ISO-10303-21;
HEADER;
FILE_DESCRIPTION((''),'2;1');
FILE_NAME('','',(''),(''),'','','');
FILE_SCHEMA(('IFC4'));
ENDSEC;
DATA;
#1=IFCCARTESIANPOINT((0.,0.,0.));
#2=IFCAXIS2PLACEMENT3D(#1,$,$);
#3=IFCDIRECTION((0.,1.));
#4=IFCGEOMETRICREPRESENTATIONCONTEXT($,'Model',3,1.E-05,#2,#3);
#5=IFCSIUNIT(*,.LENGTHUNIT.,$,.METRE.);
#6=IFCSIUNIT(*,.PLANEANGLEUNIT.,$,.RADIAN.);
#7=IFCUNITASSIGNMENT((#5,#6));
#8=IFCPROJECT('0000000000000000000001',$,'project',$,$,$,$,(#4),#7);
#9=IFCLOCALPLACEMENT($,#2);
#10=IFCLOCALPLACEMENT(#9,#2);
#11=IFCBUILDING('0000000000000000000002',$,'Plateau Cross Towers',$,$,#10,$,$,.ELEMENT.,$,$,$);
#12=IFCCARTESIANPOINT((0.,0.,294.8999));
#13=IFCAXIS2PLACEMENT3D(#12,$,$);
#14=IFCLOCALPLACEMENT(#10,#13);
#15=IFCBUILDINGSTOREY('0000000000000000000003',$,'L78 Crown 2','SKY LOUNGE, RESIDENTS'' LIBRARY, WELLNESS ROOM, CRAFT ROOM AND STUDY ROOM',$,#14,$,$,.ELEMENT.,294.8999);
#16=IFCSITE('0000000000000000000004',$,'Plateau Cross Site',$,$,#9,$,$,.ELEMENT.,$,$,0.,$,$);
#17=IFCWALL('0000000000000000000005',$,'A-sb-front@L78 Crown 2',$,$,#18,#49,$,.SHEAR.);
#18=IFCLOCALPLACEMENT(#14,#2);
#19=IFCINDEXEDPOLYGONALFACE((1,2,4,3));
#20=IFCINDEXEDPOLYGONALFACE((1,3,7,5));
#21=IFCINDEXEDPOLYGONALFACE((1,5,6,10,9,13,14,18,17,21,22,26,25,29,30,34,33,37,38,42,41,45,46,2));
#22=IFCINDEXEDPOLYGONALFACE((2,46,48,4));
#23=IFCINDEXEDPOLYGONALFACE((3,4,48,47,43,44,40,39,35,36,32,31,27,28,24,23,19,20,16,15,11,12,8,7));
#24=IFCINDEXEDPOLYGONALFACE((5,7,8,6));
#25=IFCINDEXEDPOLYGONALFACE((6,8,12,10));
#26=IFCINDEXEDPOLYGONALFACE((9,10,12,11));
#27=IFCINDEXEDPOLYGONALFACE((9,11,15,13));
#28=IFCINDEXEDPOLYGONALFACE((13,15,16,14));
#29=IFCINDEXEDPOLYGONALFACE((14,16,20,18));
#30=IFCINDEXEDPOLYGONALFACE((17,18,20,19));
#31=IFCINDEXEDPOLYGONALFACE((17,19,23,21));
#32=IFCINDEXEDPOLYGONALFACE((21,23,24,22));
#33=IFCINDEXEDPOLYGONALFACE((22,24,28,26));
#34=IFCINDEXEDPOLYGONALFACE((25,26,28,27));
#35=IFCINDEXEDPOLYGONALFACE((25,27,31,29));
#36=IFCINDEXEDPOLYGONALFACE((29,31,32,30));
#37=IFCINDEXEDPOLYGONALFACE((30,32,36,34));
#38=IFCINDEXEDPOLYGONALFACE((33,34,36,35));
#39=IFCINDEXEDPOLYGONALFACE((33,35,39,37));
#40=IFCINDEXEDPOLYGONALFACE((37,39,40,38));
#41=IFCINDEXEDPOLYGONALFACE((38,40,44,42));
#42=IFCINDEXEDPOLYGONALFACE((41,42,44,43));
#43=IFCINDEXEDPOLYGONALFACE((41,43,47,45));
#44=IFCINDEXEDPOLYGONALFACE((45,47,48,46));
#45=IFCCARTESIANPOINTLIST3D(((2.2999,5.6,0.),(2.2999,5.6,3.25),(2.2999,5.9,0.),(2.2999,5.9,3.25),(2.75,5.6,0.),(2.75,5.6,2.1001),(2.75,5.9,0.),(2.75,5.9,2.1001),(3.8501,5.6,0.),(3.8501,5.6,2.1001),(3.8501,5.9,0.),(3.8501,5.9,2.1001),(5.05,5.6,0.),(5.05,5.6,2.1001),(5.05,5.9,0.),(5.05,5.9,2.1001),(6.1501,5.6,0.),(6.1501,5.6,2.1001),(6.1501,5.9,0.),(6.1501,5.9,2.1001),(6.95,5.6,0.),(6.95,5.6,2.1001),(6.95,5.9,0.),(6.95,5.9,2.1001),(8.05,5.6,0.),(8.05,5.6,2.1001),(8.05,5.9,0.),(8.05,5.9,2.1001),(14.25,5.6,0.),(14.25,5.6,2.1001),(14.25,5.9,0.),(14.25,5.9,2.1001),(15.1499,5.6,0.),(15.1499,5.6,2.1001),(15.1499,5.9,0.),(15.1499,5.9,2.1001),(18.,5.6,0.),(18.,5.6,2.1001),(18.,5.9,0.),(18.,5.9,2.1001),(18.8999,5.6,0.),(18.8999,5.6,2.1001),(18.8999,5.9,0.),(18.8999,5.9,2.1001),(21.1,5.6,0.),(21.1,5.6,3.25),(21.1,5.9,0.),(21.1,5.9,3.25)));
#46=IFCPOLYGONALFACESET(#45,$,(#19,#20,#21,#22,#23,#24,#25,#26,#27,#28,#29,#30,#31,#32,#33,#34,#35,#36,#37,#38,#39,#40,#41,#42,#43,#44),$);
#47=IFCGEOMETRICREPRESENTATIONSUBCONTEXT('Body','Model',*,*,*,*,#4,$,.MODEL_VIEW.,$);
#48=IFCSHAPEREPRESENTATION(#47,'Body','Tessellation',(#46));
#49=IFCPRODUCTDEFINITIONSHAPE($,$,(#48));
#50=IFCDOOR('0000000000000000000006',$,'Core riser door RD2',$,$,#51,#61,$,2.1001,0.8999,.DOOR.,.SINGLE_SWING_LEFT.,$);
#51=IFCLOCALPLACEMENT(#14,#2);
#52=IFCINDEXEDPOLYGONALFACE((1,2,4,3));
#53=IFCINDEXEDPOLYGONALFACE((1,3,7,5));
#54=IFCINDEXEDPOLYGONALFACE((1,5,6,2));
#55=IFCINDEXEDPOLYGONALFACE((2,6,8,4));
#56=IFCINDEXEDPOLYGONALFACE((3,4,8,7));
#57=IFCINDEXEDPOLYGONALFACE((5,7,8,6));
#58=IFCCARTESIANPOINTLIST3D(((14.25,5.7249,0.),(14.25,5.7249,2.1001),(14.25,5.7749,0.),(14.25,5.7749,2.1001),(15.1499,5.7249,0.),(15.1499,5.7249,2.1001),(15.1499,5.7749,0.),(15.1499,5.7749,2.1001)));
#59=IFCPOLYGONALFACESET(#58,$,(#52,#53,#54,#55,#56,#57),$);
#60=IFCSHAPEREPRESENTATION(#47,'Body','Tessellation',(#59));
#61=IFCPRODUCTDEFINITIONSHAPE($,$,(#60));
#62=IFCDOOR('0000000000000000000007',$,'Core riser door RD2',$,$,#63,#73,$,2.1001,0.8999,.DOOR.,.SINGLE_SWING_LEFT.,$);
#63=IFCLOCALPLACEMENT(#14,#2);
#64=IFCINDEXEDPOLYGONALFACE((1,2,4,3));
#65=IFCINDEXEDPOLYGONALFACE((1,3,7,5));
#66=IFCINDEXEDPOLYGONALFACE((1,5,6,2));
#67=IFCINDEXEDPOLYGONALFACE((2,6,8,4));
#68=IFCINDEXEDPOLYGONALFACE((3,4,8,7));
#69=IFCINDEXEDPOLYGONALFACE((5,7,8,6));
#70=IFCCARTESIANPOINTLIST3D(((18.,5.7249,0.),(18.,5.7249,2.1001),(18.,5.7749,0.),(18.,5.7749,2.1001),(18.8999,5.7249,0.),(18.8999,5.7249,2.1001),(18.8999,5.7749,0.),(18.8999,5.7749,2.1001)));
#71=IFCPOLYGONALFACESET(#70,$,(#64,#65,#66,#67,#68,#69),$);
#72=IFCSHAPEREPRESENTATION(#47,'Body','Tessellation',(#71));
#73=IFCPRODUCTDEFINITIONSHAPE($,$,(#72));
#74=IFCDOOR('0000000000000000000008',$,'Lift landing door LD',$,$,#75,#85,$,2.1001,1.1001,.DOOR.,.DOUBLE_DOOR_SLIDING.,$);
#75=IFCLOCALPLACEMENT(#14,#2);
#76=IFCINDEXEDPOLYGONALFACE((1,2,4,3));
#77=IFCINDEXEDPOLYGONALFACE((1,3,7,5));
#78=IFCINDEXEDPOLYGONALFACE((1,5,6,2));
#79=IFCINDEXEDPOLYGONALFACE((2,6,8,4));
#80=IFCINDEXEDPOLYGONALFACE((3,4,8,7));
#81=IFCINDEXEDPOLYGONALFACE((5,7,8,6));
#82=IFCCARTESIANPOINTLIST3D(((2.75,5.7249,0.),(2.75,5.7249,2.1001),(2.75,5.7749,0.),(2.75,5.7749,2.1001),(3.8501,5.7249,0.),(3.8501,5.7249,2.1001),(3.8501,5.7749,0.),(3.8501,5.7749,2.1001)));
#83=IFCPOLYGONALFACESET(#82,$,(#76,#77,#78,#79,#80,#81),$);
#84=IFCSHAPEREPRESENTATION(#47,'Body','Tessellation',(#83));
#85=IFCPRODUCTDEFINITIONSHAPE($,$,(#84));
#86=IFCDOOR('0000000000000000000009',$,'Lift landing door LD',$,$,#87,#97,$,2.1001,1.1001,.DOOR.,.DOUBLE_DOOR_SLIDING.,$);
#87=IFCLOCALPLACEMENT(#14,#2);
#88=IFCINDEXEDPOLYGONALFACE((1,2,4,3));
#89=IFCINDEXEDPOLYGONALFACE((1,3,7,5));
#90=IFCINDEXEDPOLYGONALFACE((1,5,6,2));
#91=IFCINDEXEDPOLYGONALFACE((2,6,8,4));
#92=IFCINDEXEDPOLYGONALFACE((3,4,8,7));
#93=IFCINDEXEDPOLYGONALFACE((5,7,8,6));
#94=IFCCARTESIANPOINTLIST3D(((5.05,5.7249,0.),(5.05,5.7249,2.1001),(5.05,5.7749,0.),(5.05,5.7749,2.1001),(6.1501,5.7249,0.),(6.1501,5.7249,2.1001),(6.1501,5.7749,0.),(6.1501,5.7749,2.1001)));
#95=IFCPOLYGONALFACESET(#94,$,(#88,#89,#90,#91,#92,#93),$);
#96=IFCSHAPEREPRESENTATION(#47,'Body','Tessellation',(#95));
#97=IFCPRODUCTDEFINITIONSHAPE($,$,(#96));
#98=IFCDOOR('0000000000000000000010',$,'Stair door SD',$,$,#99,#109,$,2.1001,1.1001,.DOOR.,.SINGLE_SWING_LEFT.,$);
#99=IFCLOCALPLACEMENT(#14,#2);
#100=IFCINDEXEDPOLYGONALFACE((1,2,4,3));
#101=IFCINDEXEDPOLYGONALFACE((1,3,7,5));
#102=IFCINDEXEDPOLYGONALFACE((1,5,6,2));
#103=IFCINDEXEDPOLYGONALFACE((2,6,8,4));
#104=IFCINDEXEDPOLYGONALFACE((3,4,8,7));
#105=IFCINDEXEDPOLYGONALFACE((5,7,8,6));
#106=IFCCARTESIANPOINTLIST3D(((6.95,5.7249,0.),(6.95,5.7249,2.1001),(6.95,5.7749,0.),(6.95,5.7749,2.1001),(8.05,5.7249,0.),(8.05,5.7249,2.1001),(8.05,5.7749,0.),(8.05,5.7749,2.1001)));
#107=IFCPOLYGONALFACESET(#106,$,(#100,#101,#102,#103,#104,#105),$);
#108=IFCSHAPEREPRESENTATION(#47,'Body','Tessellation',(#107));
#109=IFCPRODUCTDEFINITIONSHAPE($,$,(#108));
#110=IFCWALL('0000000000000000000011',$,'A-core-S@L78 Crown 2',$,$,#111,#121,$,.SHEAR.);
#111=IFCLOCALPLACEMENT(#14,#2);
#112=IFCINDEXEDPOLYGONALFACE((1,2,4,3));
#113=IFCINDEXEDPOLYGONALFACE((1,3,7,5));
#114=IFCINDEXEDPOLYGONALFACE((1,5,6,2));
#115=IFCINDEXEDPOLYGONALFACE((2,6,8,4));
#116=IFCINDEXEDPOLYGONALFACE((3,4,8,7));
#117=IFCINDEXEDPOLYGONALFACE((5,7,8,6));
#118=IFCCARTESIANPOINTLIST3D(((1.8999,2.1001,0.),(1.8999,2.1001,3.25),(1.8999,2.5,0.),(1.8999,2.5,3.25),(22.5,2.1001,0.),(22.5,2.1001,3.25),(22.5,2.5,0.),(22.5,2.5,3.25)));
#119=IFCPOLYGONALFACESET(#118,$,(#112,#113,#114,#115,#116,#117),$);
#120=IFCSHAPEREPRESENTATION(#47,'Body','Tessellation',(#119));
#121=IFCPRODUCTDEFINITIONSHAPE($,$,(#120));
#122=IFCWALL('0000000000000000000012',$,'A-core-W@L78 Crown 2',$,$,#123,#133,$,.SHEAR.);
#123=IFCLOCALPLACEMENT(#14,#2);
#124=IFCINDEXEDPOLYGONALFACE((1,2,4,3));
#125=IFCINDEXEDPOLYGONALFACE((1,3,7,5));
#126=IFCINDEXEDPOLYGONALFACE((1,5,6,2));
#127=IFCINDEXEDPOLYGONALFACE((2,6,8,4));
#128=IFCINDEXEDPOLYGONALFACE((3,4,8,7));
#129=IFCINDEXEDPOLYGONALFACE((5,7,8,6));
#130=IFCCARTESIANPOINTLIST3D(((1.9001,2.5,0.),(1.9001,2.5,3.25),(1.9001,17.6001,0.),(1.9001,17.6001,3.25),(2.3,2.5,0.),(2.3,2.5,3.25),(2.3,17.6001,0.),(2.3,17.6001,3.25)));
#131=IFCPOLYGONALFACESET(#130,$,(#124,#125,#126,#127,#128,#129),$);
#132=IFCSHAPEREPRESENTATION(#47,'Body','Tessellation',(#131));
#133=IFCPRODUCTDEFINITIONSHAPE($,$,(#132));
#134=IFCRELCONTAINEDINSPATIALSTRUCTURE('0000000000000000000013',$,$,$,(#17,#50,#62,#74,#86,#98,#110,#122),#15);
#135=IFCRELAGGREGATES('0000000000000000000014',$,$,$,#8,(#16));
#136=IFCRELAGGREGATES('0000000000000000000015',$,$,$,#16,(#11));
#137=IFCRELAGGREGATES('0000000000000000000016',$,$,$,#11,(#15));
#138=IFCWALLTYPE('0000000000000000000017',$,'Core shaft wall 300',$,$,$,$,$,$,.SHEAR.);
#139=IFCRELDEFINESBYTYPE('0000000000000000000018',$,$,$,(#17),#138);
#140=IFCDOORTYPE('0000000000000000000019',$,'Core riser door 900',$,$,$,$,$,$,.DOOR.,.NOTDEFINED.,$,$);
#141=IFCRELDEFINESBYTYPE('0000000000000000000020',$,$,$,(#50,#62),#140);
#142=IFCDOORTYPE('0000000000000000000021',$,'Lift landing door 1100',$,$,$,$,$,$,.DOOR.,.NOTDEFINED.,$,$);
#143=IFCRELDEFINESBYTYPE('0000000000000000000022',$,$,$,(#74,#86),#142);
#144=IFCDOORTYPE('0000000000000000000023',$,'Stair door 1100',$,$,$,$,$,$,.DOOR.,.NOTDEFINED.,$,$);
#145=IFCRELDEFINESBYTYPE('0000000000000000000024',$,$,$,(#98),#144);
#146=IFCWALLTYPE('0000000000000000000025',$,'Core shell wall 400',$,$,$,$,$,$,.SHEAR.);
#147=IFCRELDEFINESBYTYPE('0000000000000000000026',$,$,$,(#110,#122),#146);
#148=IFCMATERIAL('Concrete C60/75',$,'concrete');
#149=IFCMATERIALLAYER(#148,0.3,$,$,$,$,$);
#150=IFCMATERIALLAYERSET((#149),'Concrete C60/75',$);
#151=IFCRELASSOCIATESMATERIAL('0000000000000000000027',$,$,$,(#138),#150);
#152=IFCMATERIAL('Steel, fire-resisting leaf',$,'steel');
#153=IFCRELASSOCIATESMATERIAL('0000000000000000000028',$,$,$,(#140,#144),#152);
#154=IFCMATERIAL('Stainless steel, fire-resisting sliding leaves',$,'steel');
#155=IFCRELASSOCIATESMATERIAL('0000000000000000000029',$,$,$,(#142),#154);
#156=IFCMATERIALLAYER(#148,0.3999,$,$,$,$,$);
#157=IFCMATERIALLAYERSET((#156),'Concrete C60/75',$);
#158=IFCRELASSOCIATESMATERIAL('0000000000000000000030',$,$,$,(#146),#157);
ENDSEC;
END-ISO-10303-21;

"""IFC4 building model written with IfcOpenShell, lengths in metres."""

from ifc_helpers import new_model, si_unit, direction, frame, frame_2d, origin, place, context, subcontext, project, spatial, rectangle, extrude, material, layer, layer_set, type_object, element, fill, save


model = new_model("IFC4")

# Units and contexts
model_context = context("Model", 3, precision=1e-05, world=origin(), true_north=direction((0.0, 1.0)))
body_context = subcontext(model_context, "Body", "Model", "MODEL_VIEW")
ifc_project = project(units=[si_unit("LENGTHUNIT", "METRE"), si_unit("PLANEANGLEUNIT", "RADIAN")], contexts=[model_context])

# Site, building, storey
site_placement = place(None, origin())
site = spatial("IfcSite", under=ifc_project, at=site_placement, Name="Plateau Cross Site", CompositionType="ELEMENT", RefElevation=0.0)
building_placement = place(site_placement, origin())
building = spatial("IfcBuilding", under=site, at=building_placement, Name="Plateau Cross Towers", CompositionType="ELEMENT")
storey_placement = place(building_placement, frame((0.0, 0.0, 294.8999)))
storey = spatial("IfcBuildingStorey", under=building, at=storey_placement, Name="L78 Crown 2", Description="SKY LOUNGE, RESIDENTS' LIBRARY, WELLNESS ROOM, CRAFT ROOM AND STUDY ROOM", CompositionType="ELEMENT", Elevation=294.8999)

# Shared definitions
ifc_material_1 = material(Name="Concrete C60/75", Category="concrete")

# Shared definitions
ifc_layer_1 = layer(ifc_material_1, 0.3)
ifc_layer_set_1 = layer_set([ifc_layer_1], Name="Concrete C60/75")
wall_type_1 = type_object("IfcWallType", Name="Core shaft wall 300", PredefinedType="SHEAR", material=ifc_layer_set_1)

# Wall, openings, doors
wall_1_placement = place(storey_placement, frame((2.3, 5.75, 0.0), z_axis=(0.0, 0.0, 1.0), x_axis=(1.0, 0.0, 0.0)))
wall_1 = element("IfcWall", 1, at=wall_1_placement, inside=storey, type_object=wall_type_1, Name="A-sb-front@L78 Crown 2", PredefinedType="SHEAR", context=body_context, shape_type="SweptSolid", body=[
    extrude(rectangle(XDim=18.8, YDim=0.3, at=frame_2d((9.3999, 0.0))), origin(), (0.0, 0.0, 1.0), 3.25),
])
opening_1_placement = place(wall_1_placement, frame((4.6499, 0.0, 0.0)))
opening_1 = element("IfcOpeningElement", 2, at=opening_1_placement, cuts=wall_1, PredefinedType="OPENING", context=body_context, shape_type="SweptSolid", body=[
    extrude(rectangle(XDim=1.1001, YDim=2.1001, at=frame_2d((0.55, 1.05))), frame((0.0, 0.1599, 0.0), z_axis=(0.0, -1.0, 0.0), x_axis=(1.0, 0.0, 0.0)), (0.0, 0.0, 1.0), 0.3201),
])
opening_2_placement = place(wall_1_placement, frame((0.45, 0.0, 0.0)))
opening_2 = element("IfcOpeningElement", 3, at=opening_2_placement, cuts=wall_1, PredefinedType="OPENING", context=body_context, shape_type="SweptSolid", body=[
    extrude(rectangle(XDim=1.1001, YDim=2.1001, at=frame_2d((0.55, 1.05))), frame((0.0, 0.1599, 0.0), z_axis=(0.0, -1.0, 0.0), x_axis=(1.0, 0.0, 0.0)), (0.0, 0.0, 1.0), 0.3201),
])
opening_3_placement = place(wall_1_placement, frame((2.75, 0.0, 0.0)))
opening_3 = element("IfcOpeningElement", 4, at=opening_3_placement, cuts=wall_1, PredefinedType="OPENING", context=body_context, shape_type="SweptSolid", body=[
    extrude(rectangle(XDim=1.1001, YDim=2.1001, at=frame_2d((0.55, 1.05))), frame((0.0, 0.1599, 0.0), z_axis=(0.0, -1.0, 0.0), x_axis=(1.0, 0.0, 0.0)), (0.0, 0.0, 1.0), 0.3201),
])
opening_4_placement = place(wall_1_placement, frame((11.95, 0.0, 0.0)))
opening_4 = element("IfcOpeningElement", 5, at=opening_4_placement, cuts=wall_1, PredefinedType="OPENING", context=body_context, shape_type="SweptSolid", body=[
    extrude(rectangle(XDim=0.8999, YDim=2.1001, at=frame_2d((0.45, 1.05))), frame((0.0, 0.1599, 0.0), z_axis=(0.0, -1.0, 0.0), x_axis=(1.0, 0.0, 0.0)), (0.0, 0.0, 1.0), 0.3201),
])
opening_5_placement = place(wall_1_placement, frame((15.7, 0.0, 0.0)))
opening_5 = element("IfcOpeningElement", 6, at=opening_5_placement, cuts=wall_1, PredefinedType="OPENING", context=body_context, shape_type="SweptSolid", body=[
    extrude(rectangle(XDim=0.8999, YDim=2.1001, at=frame_2d((0.45, 1.05))), frame((0.0, 0.1599, 0.0), z_axis=(0.0, -1.0, 0.0), x_axis=(1.0, 0.0, 0.0)), (0.0, 0.0, 1.0), 0.3201),
])
ifc_material_2 = material(Name="Steel, fire-resisting leaf", Category="steel")
door_type_1 = type_object("IfcDoorType", Name="Core riser door 900", OperationType="NOTDEFINED", PredefinedType="DOOR", material=ifc_material_2)
door_1_placement = place(opening_4_placement, origin())
door_1 = element("IfcDoor", 7, at=door_1_placement, inside=storey, type_object=door_type_1, Name="Core riser door RD2", OperationType="SINGLE_SWING_LEFT", OverallHeight=2.1001, OverallWidth=0.8999, PredefinedType="DOOR", context=body_context, shape_type="SweptSolid", body=[
    extrude(rectangle(XDim=0.8999, YDim=2.1001, at=frame_2d((0.45, 1.05))), frame((0.0, 0.0249, 0.0), z_axis=(0.0, -1.0, 0.0), x_axis=(1.0, 0.0, 0.0)), (0.0, 0.0, 1.0), 0.05),
])
fill(opening_4, door_1)
door_2_placement = place(opening_5_placement, origin())
door_2 = element("IfcDoor", 8, at=door_2_placement, inside=storey, type_object=door_type_1, Name="Core riser door RD2", OperationType="SINGLE_SWING_LEFT", OverallHeight=2.1001, OverallWidth=0.8999, PredefinedType="DOOR", context=body_context, shape_type="SweptSolid", body=[
    extrude(rectangle(XDim=0.8999, YDim=2.1001, at=frame_2d((0.45, 1.05))), frame((0.0, 0.0249, 0.0), z_axis=(0.0, -1.0, 0.0), x_axis=(1.0, 0.0, 0.0)), (0.0, 0.0, 1.0), 0.05),
])
fill(opening_5, door_2)
ifc_material_3 = material(Name="Stainless steel, fire-resisting sliding leaves", Category="steel")
door_type_2 = type_object("IfcDoorType", Name="Lift landing door 1100", OperationType="NOTDEFINED", PredefinedType="DOOR", material=ifc_material_3)
door_3_placement = place(opening_2_placement, origin())
door_3 = element("IfcDoor", 9, at=door_3_placement, inside=storey, type_object=door_type_2, Name="Lift landing door LD", OperationType="DOUBLE_DOOR_SLIDING", OverallHeight=2.1001, OverallWidth=1.1001, PredefinedType="DOOR", context=body_context, shape_type="SweptSolid", body=[
    extrude(rectangle(XDim=1.1001, YDim=2.1001, at=frame_2d((0.55, 1.05))), frame((0.0, 0.0249, 0.0), z_axis=(0.0, -1.0, 0.0), x_axis=(1.0, 0.0, 0.0)), (0.0, 0.0, 1.0), 0.05),
])
fill(opening_2, door_3)
door_4_placement = place(opening_3_placement, origin())
door_4 = element("IfcDoor", 10, at=door_4_placement, inside=storey, type_object=door_type_2, Name="Lift landing door LD", OperationType="DOUBLE_DOOR_SLIDING", OverallHeight=2.1001, OverallWidth=1.1001, PredefinedType="DOOR", context=body_context, shape_type="SweptSolid", body=[
    extrude(rectangle(XDim=1.1001, YDim=2.1001, at=frame_2d((0.55, 1.05))), frame((0.0, 0.0249, 0.0), z_axis=(0.0, -1.0, 0.0), x_axis=(1.0, 0.0, 0.0)), (0.0, 0.0, 1.0), 0.05),
])
fill(opening_3, door_4)
door_type_3 = type_object("IfcDoorType", Name="Stair door 1100", OperationType="NOTDEFINED", PredefinedType="DOOR", material=ifc_material_2)
door_5_placement = place(opening_1_placement, origin())
door_5 = element("IfcDoor", 11, at=door_5_placement, inside=storey, type_object=door_type_3, Name="Stair door SD", OperationType="SINGLE_SWING_LEFT", OverallHeight=2.1001, OverallWidth=1.1001, PredefinedType="DOOR", context=body_context, shape_type="SweptSolid", body=[
    extrude(rectangle(XDim=1.1001, YDim=2.1001, at=frame_2d((0.55, 1.05))), frame((0.0, 0.0249, 0.0), z_axis=(0.0, -1.0, 0.0), x_axis=(1.0, 0.0, 0.0)), (0.0, 0.0, 1.0), 0.05),
])
fill(opening_1, door_5)

# Walls
ifc_layer_2 = layer(ifc_material_1, 0.3999)
ifc_layer_set_2 = layer_set([ifc_layer_2], Name="Concrete C60/75")
wall_type_2 = type_object("IfcWallType", Name="Core shell wall 400", PredefinedType="SHEAR", material=ifc_layer_set_2)
wall_2_placement = place(storey_placement, frame((1.8999, 2.3, 0.0), z_axis=(0.0, 0.0, 1.0), x_axis=(1.0, 0.0, 0.0)))
element("IfcWall", 12, at=wall_2_placement, inside=storey, type_object=wall_type_2, Name="A-core-S@L78 Crown 2", PredefinedType="SHEAR", context=body_context, shape_type="SweptSolid", body=[
    extrude(rectangle(XDim=20.6001, YDim=0.3999, at=frame_2d((10.3, 0.0))), origin(), (0.0, 0.0, 1.0), 3.25),
])
wall_3_placement = place(storey_placement, frame((2.1001, 2.5, 0.0), z_axis=(0.0, 0.0, 1.0), x_axis=(0.0, 1.0, 0.0)))
element("IfcWall", 13, at=wall_3_placement, inside=storey, type_object=wall_type_2, Name="A-core-W@L78 Crown 2", PredefinedType="SHEAR", context=body_context, shape_type="SweptSolid", body=[
    extrude(rectangle(XDim=15.1001, YDim=0.3999, at=frame_2d((7.55, 0.0))), origin(), (0.0, 0.0, 1.0), 3.25),
])

save(model, "model.ifc")
